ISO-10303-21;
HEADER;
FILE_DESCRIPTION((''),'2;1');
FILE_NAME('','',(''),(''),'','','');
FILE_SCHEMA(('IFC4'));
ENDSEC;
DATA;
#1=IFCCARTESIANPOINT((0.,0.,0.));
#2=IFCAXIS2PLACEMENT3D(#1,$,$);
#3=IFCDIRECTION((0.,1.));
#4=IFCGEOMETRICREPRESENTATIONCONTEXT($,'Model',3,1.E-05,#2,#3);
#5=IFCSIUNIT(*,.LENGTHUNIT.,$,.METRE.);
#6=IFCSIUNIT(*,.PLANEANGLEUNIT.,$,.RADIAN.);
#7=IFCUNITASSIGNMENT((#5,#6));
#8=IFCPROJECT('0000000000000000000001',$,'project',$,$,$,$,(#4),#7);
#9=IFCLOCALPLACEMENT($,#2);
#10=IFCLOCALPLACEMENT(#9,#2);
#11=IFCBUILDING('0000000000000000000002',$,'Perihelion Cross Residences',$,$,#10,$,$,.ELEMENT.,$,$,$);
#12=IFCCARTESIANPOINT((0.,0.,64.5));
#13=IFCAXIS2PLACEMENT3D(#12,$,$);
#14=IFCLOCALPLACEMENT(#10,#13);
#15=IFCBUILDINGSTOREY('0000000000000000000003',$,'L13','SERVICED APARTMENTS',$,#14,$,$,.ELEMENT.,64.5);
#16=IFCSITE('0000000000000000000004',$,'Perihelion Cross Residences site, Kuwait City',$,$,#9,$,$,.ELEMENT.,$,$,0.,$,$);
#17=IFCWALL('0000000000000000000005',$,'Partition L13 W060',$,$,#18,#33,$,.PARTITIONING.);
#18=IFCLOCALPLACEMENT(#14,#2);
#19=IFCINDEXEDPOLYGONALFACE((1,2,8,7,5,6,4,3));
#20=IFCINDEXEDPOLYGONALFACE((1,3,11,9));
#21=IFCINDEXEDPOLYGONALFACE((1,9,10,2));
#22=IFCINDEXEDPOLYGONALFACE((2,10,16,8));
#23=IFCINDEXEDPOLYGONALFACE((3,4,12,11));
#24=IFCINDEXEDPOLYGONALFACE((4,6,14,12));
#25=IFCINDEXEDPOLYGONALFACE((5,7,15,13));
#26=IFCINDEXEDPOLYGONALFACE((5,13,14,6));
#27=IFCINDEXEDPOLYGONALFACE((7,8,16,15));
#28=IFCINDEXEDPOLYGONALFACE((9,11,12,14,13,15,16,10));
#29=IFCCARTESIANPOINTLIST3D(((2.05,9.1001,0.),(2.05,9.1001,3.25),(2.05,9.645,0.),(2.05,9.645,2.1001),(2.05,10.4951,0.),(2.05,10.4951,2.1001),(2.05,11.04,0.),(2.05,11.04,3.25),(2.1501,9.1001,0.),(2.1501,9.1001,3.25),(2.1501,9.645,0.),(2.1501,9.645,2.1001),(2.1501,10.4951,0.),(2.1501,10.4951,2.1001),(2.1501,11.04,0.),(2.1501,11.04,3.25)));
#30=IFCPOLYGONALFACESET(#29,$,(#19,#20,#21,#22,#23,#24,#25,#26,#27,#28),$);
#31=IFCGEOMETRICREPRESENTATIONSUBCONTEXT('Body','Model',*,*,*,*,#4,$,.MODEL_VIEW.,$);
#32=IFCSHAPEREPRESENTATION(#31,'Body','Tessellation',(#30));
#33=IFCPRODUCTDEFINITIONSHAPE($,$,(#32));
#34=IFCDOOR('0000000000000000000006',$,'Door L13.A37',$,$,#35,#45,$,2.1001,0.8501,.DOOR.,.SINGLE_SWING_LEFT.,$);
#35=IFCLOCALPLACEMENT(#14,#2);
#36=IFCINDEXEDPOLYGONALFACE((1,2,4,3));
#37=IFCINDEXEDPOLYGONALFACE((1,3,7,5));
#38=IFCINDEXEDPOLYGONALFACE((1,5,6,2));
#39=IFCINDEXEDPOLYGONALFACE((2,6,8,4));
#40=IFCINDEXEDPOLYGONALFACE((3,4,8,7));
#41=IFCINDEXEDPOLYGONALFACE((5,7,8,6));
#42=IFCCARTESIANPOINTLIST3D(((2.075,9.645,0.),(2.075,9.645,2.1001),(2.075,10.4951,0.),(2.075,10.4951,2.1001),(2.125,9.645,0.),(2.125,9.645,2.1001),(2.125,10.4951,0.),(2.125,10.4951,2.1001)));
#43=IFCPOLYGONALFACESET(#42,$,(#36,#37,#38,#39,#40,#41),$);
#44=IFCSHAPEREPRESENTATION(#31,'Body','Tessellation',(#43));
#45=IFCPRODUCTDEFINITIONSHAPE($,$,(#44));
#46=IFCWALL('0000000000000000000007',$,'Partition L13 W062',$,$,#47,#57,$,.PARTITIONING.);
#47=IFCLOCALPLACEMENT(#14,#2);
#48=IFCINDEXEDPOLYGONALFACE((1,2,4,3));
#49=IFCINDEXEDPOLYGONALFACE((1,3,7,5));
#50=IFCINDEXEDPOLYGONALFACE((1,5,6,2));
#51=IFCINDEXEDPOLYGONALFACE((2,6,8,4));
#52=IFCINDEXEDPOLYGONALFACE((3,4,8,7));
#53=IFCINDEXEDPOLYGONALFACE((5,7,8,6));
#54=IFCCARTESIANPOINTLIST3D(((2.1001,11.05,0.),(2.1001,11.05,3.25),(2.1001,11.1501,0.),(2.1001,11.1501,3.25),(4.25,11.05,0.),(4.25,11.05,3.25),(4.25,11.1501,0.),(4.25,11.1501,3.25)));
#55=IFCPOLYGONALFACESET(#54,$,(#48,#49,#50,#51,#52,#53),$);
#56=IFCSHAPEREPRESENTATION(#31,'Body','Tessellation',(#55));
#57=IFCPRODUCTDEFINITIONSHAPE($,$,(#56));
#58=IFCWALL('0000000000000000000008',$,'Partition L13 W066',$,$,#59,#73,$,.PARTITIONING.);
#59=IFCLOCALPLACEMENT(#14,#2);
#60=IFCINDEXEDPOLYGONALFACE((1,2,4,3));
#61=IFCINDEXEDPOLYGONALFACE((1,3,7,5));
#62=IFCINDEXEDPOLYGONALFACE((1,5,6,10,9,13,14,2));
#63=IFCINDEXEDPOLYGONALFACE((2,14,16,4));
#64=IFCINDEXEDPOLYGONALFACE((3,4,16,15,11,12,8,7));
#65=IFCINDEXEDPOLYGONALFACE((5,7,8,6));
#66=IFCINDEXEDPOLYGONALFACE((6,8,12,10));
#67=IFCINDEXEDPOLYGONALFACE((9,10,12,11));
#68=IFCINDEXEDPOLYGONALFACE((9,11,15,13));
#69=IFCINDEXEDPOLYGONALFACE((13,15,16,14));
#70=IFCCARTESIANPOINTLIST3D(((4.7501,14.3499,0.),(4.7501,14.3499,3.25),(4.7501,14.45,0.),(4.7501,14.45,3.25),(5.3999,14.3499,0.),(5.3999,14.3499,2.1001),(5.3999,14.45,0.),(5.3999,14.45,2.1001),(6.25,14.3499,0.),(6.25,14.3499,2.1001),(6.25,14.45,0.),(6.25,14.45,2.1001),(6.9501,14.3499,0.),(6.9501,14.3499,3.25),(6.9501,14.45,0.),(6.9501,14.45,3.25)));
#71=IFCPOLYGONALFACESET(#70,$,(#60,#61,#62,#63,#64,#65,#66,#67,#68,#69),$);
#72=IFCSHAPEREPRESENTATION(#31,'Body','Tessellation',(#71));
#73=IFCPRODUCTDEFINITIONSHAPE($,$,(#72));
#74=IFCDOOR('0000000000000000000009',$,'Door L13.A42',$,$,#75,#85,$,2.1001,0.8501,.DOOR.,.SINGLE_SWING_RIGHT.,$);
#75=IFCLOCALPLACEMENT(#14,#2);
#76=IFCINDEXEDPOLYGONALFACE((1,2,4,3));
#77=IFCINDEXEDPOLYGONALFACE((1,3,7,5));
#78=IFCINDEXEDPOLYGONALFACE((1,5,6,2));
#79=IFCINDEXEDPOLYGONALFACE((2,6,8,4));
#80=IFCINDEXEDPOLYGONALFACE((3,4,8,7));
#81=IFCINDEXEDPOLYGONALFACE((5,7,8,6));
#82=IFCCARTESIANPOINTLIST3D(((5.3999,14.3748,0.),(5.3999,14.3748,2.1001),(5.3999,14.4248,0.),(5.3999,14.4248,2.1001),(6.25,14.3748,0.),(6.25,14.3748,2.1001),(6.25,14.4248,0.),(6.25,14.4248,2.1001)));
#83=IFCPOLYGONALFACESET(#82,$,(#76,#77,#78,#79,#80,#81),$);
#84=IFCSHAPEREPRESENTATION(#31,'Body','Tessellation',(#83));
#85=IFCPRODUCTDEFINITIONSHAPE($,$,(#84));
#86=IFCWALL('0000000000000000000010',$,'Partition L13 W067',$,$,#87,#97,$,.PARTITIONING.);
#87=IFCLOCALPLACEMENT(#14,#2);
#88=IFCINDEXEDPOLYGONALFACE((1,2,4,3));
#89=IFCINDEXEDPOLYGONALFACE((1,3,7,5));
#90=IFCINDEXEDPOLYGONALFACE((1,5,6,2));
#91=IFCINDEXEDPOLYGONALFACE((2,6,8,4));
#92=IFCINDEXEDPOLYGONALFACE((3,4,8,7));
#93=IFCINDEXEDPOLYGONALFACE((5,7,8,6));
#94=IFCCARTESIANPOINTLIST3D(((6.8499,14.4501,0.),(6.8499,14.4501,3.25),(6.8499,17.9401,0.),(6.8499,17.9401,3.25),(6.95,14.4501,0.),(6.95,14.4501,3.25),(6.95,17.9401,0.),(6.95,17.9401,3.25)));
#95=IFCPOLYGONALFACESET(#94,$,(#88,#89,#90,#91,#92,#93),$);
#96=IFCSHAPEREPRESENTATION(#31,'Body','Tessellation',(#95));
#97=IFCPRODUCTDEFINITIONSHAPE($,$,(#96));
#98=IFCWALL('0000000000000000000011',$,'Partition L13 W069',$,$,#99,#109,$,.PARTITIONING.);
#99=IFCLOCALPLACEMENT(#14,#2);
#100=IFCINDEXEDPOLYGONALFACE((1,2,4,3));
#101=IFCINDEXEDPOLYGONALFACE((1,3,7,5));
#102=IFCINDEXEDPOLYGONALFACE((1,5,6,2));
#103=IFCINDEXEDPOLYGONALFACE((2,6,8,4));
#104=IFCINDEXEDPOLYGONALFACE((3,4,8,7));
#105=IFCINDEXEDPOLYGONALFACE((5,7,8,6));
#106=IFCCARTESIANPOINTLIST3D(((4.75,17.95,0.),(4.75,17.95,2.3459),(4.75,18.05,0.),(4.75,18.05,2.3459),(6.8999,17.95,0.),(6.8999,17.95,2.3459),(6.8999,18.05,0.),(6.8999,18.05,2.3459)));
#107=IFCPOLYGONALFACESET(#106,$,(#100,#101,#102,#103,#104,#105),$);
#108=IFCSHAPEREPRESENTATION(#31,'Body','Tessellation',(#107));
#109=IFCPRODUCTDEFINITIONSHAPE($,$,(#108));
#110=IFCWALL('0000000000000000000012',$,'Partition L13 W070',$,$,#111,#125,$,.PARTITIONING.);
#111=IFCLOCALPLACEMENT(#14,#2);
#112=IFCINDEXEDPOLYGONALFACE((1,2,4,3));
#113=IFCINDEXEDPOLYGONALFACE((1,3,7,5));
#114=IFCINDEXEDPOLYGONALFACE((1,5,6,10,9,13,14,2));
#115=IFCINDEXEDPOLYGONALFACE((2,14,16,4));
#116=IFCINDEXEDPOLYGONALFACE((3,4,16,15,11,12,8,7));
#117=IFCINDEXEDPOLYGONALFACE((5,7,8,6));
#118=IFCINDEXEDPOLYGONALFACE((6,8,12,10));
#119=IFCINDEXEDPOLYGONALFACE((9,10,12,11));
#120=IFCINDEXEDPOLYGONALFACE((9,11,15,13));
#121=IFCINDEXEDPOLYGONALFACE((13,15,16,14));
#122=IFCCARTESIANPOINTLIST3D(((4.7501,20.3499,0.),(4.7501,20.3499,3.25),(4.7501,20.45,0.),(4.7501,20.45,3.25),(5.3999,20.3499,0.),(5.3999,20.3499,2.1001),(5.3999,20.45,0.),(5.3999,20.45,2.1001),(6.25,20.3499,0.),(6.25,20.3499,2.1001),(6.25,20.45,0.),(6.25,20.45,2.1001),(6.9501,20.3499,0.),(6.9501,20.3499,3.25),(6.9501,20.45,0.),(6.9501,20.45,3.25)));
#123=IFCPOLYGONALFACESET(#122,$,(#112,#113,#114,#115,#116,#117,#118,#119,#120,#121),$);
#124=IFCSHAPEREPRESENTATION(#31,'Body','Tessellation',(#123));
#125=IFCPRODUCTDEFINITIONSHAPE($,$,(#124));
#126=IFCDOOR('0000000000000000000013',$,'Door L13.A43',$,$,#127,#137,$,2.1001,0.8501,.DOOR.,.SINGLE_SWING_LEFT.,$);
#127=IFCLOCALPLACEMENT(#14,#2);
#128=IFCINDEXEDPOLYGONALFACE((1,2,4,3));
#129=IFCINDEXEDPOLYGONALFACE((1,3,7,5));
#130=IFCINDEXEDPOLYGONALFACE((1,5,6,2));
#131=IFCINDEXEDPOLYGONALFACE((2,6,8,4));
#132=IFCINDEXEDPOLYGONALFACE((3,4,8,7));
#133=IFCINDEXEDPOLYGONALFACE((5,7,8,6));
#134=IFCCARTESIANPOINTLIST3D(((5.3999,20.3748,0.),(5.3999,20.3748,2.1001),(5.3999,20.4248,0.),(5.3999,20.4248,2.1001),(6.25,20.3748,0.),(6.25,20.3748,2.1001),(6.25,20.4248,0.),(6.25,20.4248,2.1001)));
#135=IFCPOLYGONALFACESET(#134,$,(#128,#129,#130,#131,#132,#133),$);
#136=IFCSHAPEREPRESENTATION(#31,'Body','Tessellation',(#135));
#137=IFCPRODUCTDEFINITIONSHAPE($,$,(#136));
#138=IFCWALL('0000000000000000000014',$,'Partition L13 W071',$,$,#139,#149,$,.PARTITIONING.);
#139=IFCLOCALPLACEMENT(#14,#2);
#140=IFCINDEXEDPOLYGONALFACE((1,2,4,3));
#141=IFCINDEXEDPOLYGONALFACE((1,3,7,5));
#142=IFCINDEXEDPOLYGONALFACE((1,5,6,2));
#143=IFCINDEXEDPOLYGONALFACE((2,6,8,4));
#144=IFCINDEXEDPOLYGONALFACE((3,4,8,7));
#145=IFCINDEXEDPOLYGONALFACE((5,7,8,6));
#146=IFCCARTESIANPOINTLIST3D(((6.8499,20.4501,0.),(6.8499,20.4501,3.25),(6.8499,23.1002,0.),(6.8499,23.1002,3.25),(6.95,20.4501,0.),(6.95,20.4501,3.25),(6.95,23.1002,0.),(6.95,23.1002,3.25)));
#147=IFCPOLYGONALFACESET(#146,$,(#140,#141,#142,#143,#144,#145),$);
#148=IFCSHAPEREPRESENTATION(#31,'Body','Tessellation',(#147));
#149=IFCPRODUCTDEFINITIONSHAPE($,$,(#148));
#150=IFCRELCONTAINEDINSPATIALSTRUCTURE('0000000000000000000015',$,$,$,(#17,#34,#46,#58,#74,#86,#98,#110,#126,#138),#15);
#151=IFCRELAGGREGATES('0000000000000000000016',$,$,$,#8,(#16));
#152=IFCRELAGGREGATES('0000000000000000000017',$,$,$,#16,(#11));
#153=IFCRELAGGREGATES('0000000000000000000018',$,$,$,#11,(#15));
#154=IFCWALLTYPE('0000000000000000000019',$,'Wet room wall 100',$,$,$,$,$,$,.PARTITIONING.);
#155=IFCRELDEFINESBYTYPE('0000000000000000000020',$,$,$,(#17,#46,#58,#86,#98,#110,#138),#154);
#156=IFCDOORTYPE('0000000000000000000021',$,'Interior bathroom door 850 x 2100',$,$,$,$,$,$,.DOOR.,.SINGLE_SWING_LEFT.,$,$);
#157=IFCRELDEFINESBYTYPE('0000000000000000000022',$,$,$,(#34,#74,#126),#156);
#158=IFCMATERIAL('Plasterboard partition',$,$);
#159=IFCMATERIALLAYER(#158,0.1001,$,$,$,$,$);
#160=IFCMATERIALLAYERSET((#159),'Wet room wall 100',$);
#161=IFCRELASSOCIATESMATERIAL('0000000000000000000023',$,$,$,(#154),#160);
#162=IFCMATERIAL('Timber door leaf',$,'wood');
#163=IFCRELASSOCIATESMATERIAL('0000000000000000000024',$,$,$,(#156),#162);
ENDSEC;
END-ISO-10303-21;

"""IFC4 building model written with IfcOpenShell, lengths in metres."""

from ifc_helpers import new_model, si_unit, direction, frame, frame_2d, origin, place, context, subcontext, project, spatial, rectangle, extrude, material, layer, layer_set, type_object, element, fill, save


model = new_model("IFC4")

# Units and contexts
model_context = context("Model", 3, precision=1e-05, world=origin(), true_north=direction((0.0, 1.0)))
body_context = subcontext(model_context, "Body", "Model", "MODEL_VIEW")
ifc_project = project(units=[si_unit("LENGTHUNIT", "METRE"), si_unit("PLANEANGLEUNIT", "RADIAN")], contexts=[model_context])

# Site, building, storey
site_placement = place(None, origin())
site = spatial("IfcSite", under=ifc_project, at=site_placement, Name="Perihelion Cross Residences site, Kuwait City", CompositionType="ELEMENT", RefElevation=0.0)
building_placement = place(site_placement, origin())
building = spatial("IfcBuilding", under=site, at=building_placement, Name="Perihelion Cross Residences", CompositionType="ELEMENT")
storey_placement = place(building_placement, frame((0.0, 0.0, 64.5)))
storey = spatial("IfcBuildingStorey", under=building, at=storey_placement, Name="L13", Description="SERVICED APARTMENTS", CompositionType="ELEMENT", Elevation=64.5)

# Wall, opening, door
ifc_material_1 = material(Name="Plasterboard partition")
ifc_layer_1 = layer(ifc_material_1, 0.1001)
ifc_layer_set_1 = layer_set([ifc_layer_1], Name="Wet room wall 100")
wall_type_1 = type_object("IfcWallType", Name="Wet room wall 100", PredefinedType="PARTITIONING", material=ifc_layer_set_1)
wall_1_placement = place(storey_placement, frame((2.1001, 11.04, 0.0), z_axis=(0.0, 0.0, 1.0), x_axis=(0.0, -1.0, 0.0)))
wall_1 = element("IfcWall", 1, at=wall_1_placement, inside=storey, type_object=wall_type_1, Name="Partition L13 W060", PredefinedType="PARTITIONING", context=body_context, shape_type="SweptSolid", body=[
    extrude(rectangle(XDim=1.9399, YDim=0.1001, at=frame_2d((0.97, 0.0))), origin(), (0.0, 0.0, 1.0), 3.25),
])
opening_1_placement = place(wall_1_placement, frame((0.5449, 0.0, 0.0)))
opening_1 = element("IfcOpeningElement", 2, at=opening_1_placement, cuts=wall_1, PredefinedType="OPENING", context=body_context, shape_type="SweptSolid", body=[
    extrude(rectangle(XDim=0.8501, YDim=2.1001, at=frame_2d((0.425, 1.05))), frame((0.0, 0.0601, 0.0), z_axis=(0.0, -1.0, 0.0), x_axis=(1.0, 0.0, 0.0)), (0.0, 0.0, 1.0), 0.1201),
])
ifc_material_2 = material(Name="Timber door leaf", Category="wood")
door_type_1 = type_object("IfcDoorType", Name="Interior bathroom door 850 x 2100", OperationType="SINGLE_SWING_LEFT", PredefinedType="DOOR", material=ifc_material_2)
door_1_placement = place(opening_1_placement, origin())
door_1 = element("IfcDoor", 3, at=door_1_placement, inside=storey, type_object=door_type_1, Name="Door L13.A37", OperationType="SINGLE_SWING_LEFT", OverallHeight=2.1001, OverallWidth=0.8501, PredefinedType="DOOR", context=body_context, shape_type="SweptSolid", body=[
    extrude(rectangle(XDim=0.8501, YDim=2.1001, at=frame_2d((0.425, 1.05))), frame((0.0, 0.0249, 0.0), z_axis=(0.0, -1.0, 0.0), x_axis=(1.0, 0.0, 0.0)), (0.0, 0.0, 1.0), 0.05),
])
fill(opening_1, door_1)

# Wall
wall_2_placement = place(storey_placement, frame((2.1001, 11.1001, 0.0), z_axis=(0.0, 0.0, 1.0), x_axis=(1.0, 0.0, 0.0)))
element("IfcWall", 4, at=wall_2_placement, inside=storey, type_object=wall_type_1, Name="Partition L13 W062", PredefinedType="PARTITIONING", context=body_context, shape_type="SweptSolid", body=[
    extrude(rectangle(XDim=2.1499, YDim=0.1001, at=frame_2d((1.075, 0.0))), origin(), (0.0, 0.0, 1.0), 3.25),
])

# Wall, opening, door
wall_3_placement = place(storey_placement, frame((4.75, 14.3999, 0.0), z_axis=(0.0, 0.0, 1.0), x_axis=(1.0, 0.0, 0.0)))
wall_3 = element("IfcWall", 5, at=wall_3_placement, inside=storey, type_object=wall_type_1, Name="Partition L13 W066", PredefinedType="PARTITIONING", context=body_context, shape_type="SweptSolid", body=[
    extrude(rectangle(XDim=2.2, YDim=0.1001, at=frame_2d((1.1001, 0.0))), origin(), (0.0, 0.0, 1.0), 3.25),
])
opening_2_placement = place(wall_3_placement, frame((0.6499, 0.0, 0.0)))
opening_2 = element("IfcOpeningElement", 6, at=opening_2_placement, cuts=wall_3, PredefinedType="OPENING", context=body_context, shape_type="SweptSolid", body=[
    extrude(rectangle(XDim=0.8501, YDim=2.1001, at=frame_2d((0.425, 1.05))), frame((0.0, 0.0601, 0.0), z_axis=(0.0, -1.0, 0.0), x_axis=(1.0, 0.0, 0.0)), (0.0, 0.0, 1.0), 0.1201),
])
door_2_placement = place(opening_2_placement, origin())
door_2 = element("IfcDoor", 7, at=door_2_placement, inside=storey, type_object=door_type_1, Name="Door L13.A42", OperationType="SINGLE_SWING_RIGHT", OverallHeight=2.1001, OverallWidth=0.8501, PredefinedType="DOOR", context=body_context, shape_type="SweptSolid", body=[
    extrude(rectangle(XDim=0.8501, YDim=2.1001, at=frame_2d((0.425, 1.05))), frame((0.0, 0.0249, 0.0), z_axis=(0.0, -1.0, 0.0), x_axis=(1.0, 0.0, 0.0)), (0.0, 0.0, 1.0), 0.05),
])
fill(opening_2, door_2)

# Walls
wall_4_placement = place(storey_placement, frame((6.8999, 14.45, 0.0), z_axis=(0.0, 0.0, 1.0), x_axis=(0.0, 1.0, 0.0)))
element("IfcWall", 8, at=wall_4_placement, inside=storey, type_object=wall_type_1, Name="Partition L13 W067", PredefinedType="PARTITIONING", context=body_context, shape_type="SweptSolid", body=[
    extrude(rectangle(XDim=3.49, YDim=0.1001, at=frame_2d((1.7451, 0.0))), origin(), (0.0, 0.0, 1.0), 3.25),
])
wall_5_placement = place(storey_placement, frame((4.75, 18.0, 0.0), z_axis=(0.0, 0.0, 1.0), x_axis=(1.0, 0.0, 0.0)))
element("IfcWall", 9, at=wall_5_placement, inside=storey, type_object=wall_type_1, Name="Partition L13 W069", PredefinedType="PARTITIONING", context=body_context, shape_type="SweptSolid", body=[
    extrude(rectangle(XDim=2.1499, YDim=0.1001, at=frame_2d((1.075, 0.0))), origin(), (0.0, 0.0, 1.0), 2.3459),
])

# Wall, opening, door
wall_6_placement = place(storey_placement, frame((4.75, 20.3999, 0.0), z_axis=(0.0, 0.0, 1.0), x_axis=(1.0, 0.0, 0.0)))
wall_6 = element("IfcWall", 10, at=wall_6_placement, inside=storey, type_object=wall_type_1, Name="Partition L13 W070", PredefinedType="PARTITIONING", context=body_context, shape_type="SweptSolid", body=[
    extrude(rectangle(XDim=2.2, YDim=0.1001, at=frame_2d((1.1001, 0.0))), origin(), (0.0, 0.0, 1.0), 3.25),
])
opening_3_placement = place(wall_6_placement, frame((0.6499, 0.0, 0.0)))
opening_3 = element("IfcOpeningElement", 11, at=opening_3_placement, cuts=wall_6, PredefinedType="OPENING", context=body_context, shape_type="SweptSolid", body=[
    extrude(rectangle(XDim=0.8501, YDim=2.1001, at=frame_2d((0.425, 1.05))), frame((0.0, 0.0601, 0.0), z_axis=(0.0, -1.0, 0.0), x_axis=(1.0, 0.0, 0.0)), (0.0, 0.0, 1.0), 0.1201),
])
door_3_placement = place(opening_3_placement, origin())
door_3 = element("IfcDoor", 12, at=door_3_placement, inside=storey, type_object=door_type_1, Name="Door L13.A43", OperationType="SINGLE_SWING_LEFT", OverallHeight=2.1001, OverallWidth=0.8501, PredefinedType="DOOR", context=body_context, shape_type="SweptSolid", body=[
    extrude(rectangle(XDim=0.8501, YDim=2.1001, at=frame_2d((0.425, 1.05))), frame((0.0, 0.0249, 0.0), z_axis=(0.0, -1.0, 0.0), x_axis=(1.0, 0.0, 0.0)), (0.0, 0.0, 1.0), 0.05),
])
fill(opening_3, door_3)

# Wall
wall_7_placement = place(storey_placement, frame((6.8999, 20.45, 0.0), z_axis=(0.0, 0.0, 1.0), x_axis=(0.0, 1.0, 0.0)))
element("IfcWall", 13, at=wall_7_placement, inside=storey, type_object=wall_type_1, Name="Partition L13 W071", PredefinedType="PARTITIONING", context=body_context, shape_type="SweptSolid", body=[
    extrude(rectangle(XDim=2.6501, YDim=0.1001, at=frame_2d((1.3252, 0.0))), origin(), (0.0, 0.0, 1.0), 3.25),
])

save(model, "model.ifc")
